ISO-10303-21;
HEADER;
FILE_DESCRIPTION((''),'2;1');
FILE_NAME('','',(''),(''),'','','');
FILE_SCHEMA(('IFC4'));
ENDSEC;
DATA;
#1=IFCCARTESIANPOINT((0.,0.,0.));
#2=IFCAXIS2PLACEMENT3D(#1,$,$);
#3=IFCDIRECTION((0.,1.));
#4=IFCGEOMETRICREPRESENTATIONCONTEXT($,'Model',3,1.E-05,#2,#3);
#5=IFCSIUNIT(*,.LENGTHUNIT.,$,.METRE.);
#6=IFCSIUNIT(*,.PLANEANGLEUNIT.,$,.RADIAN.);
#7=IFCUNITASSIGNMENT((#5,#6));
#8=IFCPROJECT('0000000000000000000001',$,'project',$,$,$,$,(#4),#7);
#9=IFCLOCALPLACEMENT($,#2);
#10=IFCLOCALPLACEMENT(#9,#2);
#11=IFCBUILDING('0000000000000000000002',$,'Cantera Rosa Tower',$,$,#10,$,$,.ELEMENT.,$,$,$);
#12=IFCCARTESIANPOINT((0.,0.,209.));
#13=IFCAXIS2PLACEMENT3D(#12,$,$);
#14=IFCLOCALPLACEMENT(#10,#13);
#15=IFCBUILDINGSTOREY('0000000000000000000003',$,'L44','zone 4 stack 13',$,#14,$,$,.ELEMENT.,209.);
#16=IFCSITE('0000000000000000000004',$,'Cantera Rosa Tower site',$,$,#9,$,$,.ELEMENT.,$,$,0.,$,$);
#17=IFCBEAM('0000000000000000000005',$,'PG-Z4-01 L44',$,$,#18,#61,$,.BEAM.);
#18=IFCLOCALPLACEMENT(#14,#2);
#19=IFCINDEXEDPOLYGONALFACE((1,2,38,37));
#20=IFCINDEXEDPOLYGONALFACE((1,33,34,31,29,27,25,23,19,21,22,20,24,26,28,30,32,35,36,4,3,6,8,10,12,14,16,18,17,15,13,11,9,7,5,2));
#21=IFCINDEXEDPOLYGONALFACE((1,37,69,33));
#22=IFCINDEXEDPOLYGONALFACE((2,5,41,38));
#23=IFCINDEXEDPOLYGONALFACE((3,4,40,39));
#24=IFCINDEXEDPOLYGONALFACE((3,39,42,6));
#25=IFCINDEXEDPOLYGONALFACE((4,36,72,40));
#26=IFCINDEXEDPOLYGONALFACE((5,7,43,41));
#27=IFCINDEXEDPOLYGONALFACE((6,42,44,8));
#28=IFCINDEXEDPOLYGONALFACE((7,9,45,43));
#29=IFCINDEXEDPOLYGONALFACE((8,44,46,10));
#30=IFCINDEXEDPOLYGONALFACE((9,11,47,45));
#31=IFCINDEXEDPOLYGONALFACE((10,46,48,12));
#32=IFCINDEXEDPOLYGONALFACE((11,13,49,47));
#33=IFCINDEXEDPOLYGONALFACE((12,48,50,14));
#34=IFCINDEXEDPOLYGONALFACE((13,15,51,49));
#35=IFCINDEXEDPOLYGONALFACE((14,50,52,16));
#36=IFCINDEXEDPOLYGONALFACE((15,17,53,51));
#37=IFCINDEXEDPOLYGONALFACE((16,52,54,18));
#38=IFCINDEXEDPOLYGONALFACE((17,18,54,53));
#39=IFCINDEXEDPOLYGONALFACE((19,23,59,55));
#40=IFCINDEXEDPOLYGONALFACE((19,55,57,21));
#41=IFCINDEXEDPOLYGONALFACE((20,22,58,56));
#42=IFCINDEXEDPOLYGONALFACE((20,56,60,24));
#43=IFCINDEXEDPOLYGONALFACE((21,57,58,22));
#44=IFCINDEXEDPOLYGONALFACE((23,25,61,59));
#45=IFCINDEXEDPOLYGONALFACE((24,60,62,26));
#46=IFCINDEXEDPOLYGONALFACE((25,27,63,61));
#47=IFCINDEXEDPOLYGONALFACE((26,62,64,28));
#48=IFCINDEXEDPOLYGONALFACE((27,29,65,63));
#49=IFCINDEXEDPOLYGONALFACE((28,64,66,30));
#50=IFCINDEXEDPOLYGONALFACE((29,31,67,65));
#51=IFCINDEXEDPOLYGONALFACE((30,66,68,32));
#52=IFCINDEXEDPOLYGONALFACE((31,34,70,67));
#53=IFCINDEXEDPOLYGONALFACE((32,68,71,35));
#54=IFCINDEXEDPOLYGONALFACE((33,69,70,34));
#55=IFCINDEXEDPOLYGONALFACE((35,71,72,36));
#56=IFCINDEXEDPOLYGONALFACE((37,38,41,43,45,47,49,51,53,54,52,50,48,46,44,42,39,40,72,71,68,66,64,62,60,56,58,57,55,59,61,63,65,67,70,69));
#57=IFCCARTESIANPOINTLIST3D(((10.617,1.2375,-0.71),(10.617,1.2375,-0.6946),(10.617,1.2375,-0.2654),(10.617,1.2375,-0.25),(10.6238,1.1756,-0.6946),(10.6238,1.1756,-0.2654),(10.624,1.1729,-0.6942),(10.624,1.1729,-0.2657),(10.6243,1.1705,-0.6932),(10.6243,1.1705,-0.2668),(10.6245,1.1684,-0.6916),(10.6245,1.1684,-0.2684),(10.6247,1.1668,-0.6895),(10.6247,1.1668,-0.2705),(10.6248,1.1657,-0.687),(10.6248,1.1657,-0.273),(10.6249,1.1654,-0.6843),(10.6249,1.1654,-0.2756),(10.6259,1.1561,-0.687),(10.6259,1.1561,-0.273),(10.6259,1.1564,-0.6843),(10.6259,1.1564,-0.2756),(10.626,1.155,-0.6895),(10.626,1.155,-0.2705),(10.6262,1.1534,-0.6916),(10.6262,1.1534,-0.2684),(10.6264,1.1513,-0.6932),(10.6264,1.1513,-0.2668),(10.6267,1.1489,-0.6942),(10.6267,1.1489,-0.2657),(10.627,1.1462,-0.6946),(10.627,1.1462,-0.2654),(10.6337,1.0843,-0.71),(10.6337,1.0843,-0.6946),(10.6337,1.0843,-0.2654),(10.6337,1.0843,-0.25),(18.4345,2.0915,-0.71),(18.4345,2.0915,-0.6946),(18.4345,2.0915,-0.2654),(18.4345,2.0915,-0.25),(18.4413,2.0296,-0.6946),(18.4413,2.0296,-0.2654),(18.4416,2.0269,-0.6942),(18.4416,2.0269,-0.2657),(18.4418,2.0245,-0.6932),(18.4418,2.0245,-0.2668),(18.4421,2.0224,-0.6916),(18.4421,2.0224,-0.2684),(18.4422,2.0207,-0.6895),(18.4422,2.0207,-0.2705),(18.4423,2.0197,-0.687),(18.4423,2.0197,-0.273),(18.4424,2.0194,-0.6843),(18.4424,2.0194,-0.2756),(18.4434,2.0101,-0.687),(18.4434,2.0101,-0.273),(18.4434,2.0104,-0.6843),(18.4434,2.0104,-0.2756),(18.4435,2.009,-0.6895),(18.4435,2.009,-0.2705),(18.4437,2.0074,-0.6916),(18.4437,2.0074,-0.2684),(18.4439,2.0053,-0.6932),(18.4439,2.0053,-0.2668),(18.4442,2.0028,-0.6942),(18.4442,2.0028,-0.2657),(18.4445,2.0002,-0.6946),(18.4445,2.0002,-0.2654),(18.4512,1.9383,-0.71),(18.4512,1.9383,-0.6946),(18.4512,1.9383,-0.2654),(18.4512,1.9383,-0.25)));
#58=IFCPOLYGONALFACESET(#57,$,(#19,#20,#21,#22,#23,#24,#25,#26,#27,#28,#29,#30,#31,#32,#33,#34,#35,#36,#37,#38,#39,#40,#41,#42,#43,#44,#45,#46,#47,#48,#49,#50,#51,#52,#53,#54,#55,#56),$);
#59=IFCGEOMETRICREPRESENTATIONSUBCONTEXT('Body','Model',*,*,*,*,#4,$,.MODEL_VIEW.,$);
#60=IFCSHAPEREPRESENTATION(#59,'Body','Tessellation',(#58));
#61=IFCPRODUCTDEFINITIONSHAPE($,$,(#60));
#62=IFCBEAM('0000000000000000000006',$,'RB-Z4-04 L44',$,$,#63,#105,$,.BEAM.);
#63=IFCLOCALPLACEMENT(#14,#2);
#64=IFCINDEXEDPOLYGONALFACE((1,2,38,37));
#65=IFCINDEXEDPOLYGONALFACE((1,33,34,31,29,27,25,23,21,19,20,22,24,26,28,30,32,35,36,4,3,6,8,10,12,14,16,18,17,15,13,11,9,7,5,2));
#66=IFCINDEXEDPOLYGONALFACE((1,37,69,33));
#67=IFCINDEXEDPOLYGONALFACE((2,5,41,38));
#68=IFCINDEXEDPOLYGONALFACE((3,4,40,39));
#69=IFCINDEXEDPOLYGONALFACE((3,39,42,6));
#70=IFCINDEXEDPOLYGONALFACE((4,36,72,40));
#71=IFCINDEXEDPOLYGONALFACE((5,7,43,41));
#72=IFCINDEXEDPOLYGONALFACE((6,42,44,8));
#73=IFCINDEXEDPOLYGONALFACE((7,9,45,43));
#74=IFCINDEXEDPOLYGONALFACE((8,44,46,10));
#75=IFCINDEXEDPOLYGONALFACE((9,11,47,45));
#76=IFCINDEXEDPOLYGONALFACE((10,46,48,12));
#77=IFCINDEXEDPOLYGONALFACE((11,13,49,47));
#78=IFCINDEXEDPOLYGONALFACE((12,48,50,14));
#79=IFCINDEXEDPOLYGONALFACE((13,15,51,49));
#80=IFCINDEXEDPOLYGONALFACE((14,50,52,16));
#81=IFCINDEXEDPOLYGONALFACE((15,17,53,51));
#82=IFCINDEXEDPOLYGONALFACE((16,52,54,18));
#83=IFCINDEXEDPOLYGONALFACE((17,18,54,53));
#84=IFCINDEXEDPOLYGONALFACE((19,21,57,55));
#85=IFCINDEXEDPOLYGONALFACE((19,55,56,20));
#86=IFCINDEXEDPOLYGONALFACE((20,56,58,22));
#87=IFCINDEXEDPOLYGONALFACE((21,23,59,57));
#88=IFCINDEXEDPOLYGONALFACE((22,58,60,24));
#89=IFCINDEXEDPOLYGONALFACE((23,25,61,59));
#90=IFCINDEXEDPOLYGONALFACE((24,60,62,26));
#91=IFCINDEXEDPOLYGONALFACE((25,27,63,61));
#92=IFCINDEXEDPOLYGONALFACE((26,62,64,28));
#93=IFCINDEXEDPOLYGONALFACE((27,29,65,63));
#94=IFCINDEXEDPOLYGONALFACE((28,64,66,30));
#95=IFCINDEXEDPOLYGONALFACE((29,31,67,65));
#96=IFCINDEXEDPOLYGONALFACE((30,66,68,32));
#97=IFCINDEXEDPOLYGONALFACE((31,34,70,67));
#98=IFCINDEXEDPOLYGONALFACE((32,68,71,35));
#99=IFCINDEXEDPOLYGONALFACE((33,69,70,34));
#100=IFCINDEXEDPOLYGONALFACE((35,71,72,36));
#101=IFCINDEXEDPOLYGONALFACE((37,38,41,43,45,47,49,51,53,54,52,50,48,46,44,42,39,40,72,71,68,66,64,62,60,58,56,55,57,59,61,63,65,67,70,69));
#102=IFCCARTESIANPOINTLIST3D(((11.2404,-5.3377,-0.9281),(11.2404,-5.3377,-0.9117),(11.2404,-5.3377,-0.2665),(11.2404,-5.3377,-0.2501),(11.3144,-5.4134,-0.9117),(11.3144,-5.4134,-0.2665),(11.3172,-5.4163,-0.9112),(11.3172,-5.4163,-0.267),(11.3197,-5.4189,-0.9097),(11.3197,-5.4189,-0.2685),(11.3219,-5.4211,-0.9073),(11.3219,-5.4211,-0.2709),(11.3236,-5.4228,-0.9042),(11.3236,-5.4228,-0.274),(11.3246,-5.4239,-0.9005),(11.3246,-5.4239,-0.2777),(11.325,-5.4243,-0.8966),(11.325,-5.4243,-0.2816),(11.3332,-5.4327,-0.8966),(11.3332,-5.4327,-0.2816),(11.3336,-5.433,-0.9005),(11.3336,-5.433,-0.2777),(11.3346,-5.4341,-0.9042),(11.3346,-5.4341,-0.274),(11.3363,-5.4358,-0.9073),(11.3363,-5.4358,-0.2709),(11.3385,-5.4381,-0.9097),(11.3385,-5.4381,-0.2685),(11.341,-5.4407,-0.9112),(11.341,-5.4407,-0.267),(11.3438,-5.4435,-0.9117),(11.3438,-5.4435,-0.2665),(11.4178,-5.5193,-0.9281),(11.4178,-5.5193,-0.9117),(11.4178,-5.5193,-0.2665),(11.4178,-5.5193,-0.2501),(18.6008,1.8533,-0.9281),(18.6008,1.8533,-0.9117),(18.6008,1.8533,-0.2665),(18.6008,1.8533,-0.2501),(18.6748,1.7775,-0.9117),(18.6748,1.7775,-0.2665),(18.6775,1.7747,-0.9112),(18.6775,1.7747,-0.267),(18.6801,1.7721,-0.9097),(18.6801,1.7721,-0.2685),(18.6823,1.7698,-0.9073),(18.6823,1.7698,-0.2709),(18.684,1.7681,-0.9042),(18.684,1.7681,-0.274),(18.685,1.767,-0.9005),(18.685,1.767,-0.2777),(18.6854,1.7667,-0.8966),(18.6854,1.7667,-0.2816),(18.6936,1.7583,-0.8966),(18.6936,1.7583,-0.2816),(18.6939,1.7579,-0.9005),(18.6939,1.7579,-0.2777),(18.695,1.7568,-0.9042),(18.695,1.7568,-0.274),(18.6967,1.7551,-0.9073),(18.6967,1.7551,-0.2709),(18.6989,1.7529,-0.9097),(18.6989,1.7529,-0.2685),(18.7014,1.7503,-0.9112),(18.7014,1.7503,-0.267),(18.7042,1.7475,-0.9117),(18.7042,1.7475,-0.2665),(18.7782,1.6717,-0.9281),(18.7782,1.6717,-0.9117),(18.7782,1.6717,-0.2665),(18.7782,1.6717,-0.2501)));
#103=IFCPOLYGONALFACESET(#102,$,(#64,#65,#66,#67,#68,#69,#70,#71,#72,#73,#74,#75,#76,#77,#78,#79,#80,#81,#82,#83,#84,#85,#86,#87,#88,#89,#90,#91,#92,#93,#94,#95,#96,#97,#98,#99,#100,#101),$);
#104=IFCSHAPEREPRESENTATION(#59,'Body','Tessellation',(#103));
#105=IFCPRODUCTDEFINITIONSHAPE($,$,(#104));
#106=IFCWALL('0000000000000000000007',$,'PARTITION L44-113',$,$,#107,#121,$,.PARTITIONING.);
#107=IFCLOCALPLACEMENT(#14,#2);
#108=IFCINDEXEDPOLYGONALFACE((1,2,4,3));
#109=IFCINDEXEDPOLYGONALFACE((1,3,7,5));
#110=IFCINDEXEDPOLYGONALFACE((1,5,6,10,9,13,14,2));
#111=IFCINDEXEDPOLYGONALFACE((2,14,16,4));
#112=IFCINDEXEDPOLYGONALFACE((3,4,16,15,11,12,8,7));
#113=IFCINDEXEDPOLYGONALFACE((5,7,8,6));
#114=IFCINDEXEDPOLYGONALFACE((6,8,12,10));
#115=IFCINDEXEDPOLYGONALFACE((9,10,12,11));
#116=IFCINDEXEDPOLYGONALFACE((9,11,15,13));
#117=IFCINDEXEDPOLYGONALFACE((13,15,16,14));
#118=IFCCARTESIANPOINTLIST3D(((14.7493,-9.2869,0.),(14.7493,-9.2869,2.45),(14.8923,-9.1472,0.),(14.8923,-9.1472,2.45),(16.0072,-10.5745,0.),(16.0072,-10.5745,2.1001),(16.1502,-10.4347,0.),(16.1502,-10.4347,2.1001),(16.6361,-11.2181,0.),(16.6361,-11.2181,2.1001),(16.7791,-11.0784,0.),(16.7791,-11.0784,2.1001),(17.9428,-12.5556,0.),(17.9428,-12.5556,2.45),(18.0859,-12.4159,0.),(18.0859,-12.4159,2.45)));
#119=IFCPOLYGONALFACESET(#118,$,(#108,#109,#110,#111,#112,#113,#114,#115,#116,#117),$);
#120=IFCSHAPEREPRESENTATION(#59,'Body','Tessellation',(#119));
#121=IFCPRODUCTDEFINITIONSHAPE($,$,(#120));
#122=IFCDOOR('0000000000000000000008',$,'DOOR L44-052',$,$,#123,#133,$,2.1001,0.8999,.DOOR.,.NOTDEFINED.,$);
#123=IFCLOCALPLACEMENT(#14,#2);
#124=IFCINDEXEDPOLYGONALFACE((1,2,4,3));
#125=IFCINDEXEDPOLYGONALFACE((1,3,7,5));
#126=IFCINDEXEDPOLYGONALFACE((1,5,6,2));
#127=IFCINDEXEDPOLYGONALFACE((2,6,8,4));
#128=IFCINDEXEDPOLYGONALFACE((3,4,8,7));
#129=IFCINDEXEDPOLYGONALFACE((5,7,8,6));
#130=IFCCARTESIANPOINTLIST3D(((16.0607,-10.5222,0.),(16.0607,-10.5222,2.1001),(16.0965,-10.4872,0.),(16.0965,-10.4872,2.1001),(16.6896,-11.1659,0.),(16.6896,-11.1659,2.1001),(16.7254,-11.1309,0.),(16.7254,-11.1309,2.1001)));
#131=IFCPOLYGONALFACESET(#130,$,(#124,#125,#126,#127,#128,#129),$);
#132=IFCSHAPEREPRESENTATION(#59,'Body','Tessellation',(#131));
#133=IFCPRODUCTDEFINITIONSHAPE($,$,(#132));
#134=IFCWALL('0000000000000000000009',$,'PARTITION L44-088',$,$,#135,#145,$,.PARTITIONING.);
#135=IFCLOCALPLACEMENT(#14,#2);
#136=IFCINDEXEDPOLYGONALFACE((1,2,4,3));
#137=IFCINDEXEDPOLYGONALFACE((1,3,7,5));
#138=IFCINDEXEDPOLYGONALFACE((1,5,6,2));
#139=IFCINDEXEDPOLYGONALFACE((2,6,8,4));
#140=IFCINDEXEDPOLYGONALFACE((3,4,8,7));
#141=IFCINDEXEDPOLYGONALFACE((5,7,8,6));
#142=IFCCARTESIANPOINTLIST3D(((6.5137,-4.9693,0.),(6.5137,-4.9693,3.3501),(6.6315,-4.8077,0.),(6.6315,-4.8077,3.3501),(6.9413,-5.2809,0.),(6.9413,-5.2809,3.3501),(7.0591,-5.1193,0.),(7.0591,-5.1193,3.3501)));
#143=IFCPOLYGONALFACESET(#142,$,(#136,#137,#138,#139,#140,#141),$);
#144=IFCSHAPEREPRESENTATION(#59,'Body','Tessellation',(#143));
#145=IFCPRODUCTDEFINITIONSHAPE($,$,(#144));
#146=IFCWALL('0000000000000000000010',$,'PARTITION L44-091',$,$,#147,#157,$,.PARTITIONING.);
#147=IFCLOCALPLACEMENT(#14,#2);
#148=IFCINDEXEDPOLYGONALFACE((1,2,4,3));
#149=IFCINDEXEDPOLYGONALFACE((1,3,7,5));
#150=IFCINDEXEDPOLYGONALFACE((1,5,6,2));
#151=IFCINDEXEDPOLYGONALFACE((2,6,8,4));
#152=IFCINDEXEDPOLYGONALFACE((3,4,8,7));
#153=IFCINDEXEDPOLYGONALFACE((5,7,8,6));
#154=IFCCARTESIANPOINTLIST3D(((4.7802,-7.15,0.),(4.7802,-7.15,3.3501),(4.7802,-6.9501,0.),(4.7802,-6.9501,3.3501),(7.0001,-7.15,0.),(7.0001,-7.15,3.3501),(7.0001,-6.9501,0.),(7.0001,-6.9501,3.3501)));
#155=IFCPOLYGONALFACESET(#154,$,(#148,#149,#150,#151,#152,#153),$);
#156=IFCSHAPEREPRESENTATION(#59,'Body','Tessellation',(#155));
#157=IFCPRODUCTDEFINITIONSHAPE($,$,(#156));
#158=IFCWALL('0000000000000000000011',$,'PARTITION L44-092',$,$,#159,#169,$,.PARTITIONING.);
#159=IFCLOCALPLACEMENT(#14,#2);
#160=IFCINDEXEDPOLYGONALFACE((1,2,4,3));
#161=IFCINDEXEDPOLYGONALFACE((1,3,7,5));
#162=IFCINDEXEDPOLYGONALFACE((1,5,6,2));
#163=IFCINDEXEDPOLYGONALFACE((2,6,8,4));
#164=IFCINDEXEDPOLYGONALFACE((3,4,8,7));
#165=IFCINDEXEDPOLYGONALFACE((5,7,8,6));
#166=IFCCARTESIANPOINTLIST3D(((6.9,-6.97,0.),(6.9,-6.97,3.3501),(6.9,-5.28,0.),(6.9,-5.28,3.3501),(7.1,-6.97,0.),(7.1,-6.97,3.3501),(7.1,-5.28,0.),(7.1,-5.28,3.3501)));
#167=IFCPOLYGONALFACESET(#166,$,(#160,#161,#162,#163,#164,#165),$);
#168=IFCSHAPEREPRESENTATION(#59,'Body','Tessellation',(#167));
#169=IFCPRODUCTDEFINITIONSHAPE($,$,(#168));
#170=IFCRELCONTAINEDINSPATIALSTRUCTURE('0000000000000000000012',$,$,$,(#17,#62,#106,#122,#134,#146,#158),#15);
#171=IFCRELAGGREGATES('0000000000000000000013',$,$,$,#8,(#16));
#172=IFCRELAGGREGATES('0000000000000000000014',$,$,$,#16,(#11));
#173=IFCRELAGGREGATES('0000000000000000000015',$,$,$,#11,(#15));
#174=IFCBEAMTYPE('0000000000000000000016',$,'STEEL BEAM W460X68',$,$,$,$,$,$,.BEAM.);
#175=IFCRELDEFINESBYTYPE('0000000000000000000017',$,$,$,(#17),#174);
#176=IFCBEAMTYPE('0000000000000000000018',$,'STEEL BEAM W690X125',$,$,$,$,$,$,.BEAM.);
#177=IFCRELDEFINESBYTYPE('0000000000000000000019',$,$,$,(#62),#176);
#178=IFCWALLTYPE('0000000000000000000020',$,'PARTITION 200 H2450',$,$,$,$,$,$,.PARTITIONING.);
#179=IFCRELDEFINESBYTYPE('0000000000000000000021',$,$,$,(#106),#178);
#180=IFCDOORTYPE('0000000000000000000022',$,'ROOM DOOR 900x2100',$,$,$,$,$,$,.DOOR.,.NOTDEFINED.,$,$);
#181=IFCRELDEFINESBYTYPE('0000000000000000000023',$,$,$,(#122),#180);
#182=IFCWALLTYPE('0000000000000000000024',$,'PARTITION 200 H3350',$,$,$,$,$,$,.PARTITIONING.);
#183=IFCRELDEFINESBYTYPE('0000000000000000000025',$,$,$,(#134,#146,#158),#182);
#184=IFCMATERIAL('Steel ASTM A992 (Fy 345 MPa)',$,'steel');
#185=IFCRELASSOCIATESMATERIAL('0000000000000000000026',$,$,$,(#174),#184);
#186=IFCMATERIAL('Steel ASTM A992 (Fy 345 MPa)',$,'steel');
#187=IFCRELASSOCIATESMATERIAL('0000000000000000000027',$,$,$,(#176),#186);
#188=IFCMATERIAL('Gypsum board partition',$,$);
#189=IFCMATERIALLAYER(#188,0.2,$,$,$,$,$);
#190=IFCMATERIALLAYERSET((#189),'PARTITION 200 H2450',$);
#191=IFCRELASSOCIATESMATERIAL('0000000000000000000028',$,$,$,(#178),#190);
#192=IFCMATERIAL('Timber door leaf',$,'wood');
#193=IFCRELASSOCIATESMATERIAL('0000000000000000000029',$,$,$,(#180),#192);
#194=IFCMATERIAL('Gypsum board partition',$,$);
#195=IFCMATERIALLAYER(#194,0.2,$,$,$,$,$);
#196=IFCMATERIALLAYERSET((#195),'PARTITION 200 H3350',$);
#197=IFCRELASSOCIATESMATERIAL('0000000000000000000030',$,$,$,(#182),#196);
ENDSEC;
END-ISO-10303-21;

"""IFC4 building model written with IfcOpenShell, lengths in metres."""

from ifc_helpers import new_model, si_unit, direction, frame, frame_2d, origin, origin_2d, place, context, subcontext, project, spatial, rectangle, i_section, extrude, material, layer, layer_set, material_profile, profile_set, type_object, element, fill, save


model = new_model("IFC4")

# Units and contexts
model_context = context("Model", 3, precision=1e-05, world=origin(), true_north=direction((0.0, 1.0)))
body_context = subcontext(model_context, "Body", "Model", "MODEL_VIEW")
ifc_project = project(units=[si_unit("LENGTHUNIT", "METRE"), si_unit("PLANEANGLEUNIT", "RADIAN")], contexts=[model_context])

# Site, building, storey
site_placement = place(None, origin())
site = spatial("IfcSite", under=ifc_project, at=site_placement, Name="Cantera Rosa Tower site", CompositionType="ELEMENT", RefElevation=0.0)
building_placement = place(site_placement, origin())
building = spatial("IfcBuilding", under=site, at=building_placement, Name="Cantera Rosa Tower", CompositionType="ELEMENT")
storey_placement = place(building_placement, frame((0.0, 0.0, 209.0)))
storey = spatial("IfcBuildingStorey", under=building, at=storey_placement, Name="L44", Description="zone 4 stack 13", CompositionType="ELEMENT", Elevation=209.0)

# Beams
ifc_material_1 = material(Name="Steel ASTM A992 (Fy 345 MPa)", Category="steel")
ifc_material_profile_1 = material_profile(ifc_material_1, i_section(OverallWidth=0.1541, OverallDepth=0.46, WebThickness=0.009, FlangeThickness=0.0154, FilletRadius=0.0103, at=origin_2d()), Name="W460X68")
ifc_profile_set_1 = profile_set([ifc_material_profile_1], Name="Steel ASTM A992 (Fy 345 MPa)")
beam_type_1 = type_object("IfcBeamType", Name="STEEL BEAM W460X68", PredefinedType="BEAM", material=ifc_profile_set_1)
beam_1_placement = place(storey_placement, frame((18.4429, 2.0149, -0.48), z_axis=(-0.994086, -0.108595, 0.0), x_axis=(0.108595, -0.994086, 0.0)))
element("IfcBeam", 1, at=beam_1_placement, inside=storey, type_object=beam_type_1, Name="PG-Z4-01 L44", PredefinedType="BEAM", context=body_context, shape_type="SweptSolid", body=[
    extrude(i_section(OverallWidth=0.1541, OverallDepth=0.46, WebThickness=0.009, FlangeThickness=0.0154, FilletRadius=0.0103, at=origin_2d()), origin(), (0.0, 0.0, 1.0), 7.864),
])
ifc_material_2 = material(Name="Steel ASTM A992 (Fy 345 MPa)", Category="steel")
ifc_material_profile_2 = material_profile(ifc_material_2, i_section(OverallWidth=0.2539, OverallDepth=0.678, WebThickness=0.0117, FlangeThickness=0.0164, FilletRadius=0.0151, at=origin_2d()), Name="W690X125")
ifc_profile_set_2 = profile_set([ifc_material_profile_2], Name="Steel ASTM A992 (Fy 345 MPa)")
beam_type_2 = type_object("IfcBeamType", Name="STEEL BEAM W690X125", PredefinedType="BEAM", material=ifc_profile_set_2)
beam_2_placement = place(storey_placement, frame((11.3291, -5.4285, -0.5891), z_axis=(0.715292, 0.698826, 0.0), x_axis=(-0.698826, 0.715292, 0.0)))
element("IfcBeam", 2, at=beam_2_placement, inside=storey, type_object=beam_type_2, Name="RB-Z4-04 L44", PredefinedType="BEAM", context=body_context, shape_type="SweptSolid", body=[
    extrude(i_section(OverallWidth=0.2539, OverallDepth=0.678, WebThickness=0.0117, FlangeThickness=0.0164, FilletRadius=0.0151, at=origin_2d()), origin(), (0.0, 0.0, 1.0), 10.29),
])

# Wall, opening, door
ifc_material_3 = material(Name="Gypsum board partition")
ifc_layer_1 = layer(ifc_material_3, 0.2)
ifc_layer_set_1 = layer_set([ifc_layer_1], Name="PARTITION 200 H2450")
wall_type_1 = type_object("IfcWallType", Name="PARTITION 200 H2450", PredefinedType="PARTITIONING", material=ifc_layer_set_1)
wall_1_placement = place(storey_placement, frame((14.8208, -9.217, 0.0), z_axis=(0.0, 0.0, 1.0), x_axis=(0.698832, -0.715286, 0.0)))
wall_1 = element("IfcWall", 3, at=wall_1_placement, inside=storey, type_object=wall_type_1, Name="PARTITION L44-113", PredefinedType="PARTITIONING", context=body_context, shape_type="SweptSolid", body=[
    extrude(rectangle(XDim=4.5698, YDim=0.2, at=frame_2d((2.2849, 0.0))), origin(), (0.0, 0.0, 1.0), 2.45),
])
opening_1_placement = place(wall_1_placement, frame((1.8, 0.0, 0.0)))
opening_1 = element("IfcOpeningElement", 4, at=opening_1_placement, cuts=wall_1, PredefinedType="OPENING", context=body_context, shape_type="SweptSolid", body=[
    extrude(rectangle(XDim=0.8999, YDim=2.1001, at=frame_2d((0.45, 1.05))), frame((0.0, 0.1099, 0.0), z_axis=(0.0, -1.0, 0.0), x_axis=(1.0, 0.0, 0.0)), (0.0, 0.0, 1.0), 0.22),
])
ifc_material_4 = material(Name="Timber door leaf", Category="wood")
door_type_1 = type_object("IfcDoorType", Name="ROOM DOOR 900x2100", OperationType="NOTDEFINED", PredefinedType="DOOR", material=ifc_material_4)
door_1_placement = place(opening_1_placement, origin())
door_1 = element("IfcDoor", 5, at=door_1_placement, inside=storey, type_object=door_type_1, Name="DOOR L44-052", OperationType="NOTDEFINED", OverallHeight=2.1001, OverallWidth=0.8999, PredefinedType="DOOR", context=body_context, shape_type="SweptSolid", body=[
    extrude(rectangle(XDim=0.8999, YDim=2.1001, at=frame_2d((0.45, 1.05))), frame((0.0, 0.0249, 0.0), z_axis=(0.0, -1.0, 0.0), x_axis=(1.0, 0.0, 0.0)), (0.0, 0.0, 1.0), 0.05),
])
fill(opening_1, door_1)

# Walls
ifc_material_5 = material(Name="Gypsum board partition")
ifc_layer_2 = layer(ifc_material_5, 0.2)
ifc_layer_set_2 = layer_set([ifc_layer_2], Name="PARTITION 200 H3350")
wall_type_2 = type_object("IfcWallType", Name="PARTITION 200 H3350", PredefinedType="PARTITIONING", material=ifc_layer_set_2)
wall_2_placement = place(storey_placement, frame((6.5725, -4.8884, 0.0), z_axis=(0.0, 0.0, 1.0), x_axis=(0.808177, -0.58894, 0.0)))
element("IfcWall", 6, at=wall_2_placement, inside=storey, type_object=wall_type_2, Name="PARTITION L44-088", PredefinedType="PARTITIONING", context=body_context, shape_type="SweptSolid", body=[
    extrude(rectangle(XDim=0.5291, YDim=0.2, at=frame_2d((0.2646, 0.0))), origin(), (0.0, 0.0, 1.0), 3.3501),
])
wall_3_placement = place(storey_placement, frame((7.0, -7.05, 0.0), z_axis=(0.0, 0.0, 1.0), x_axis=(-1.0, 0.0, 0.0)))
element("IfcWall", 7, at=wall_3_placement, inside=storey, type_object=wall_type_2, Name="PARTITION L44-091", PredefinedType="PARTITIONING", context=body_context, shape_type="SweptSolid", body=[
    extrude(rectangle(XDim=2.22, YDim=0.2, at=frame_2d((1.1099, 0.0))), origin(), (0.0, 0.0, 1.0), 3.3501),
])
wall_4_placement = place(storey_placement, frame((7.0, -5.28, 0.0), z_axis=(0.0, 0.0, 1.0), x_axis=(0.0, -1.0, 0.0)))
element("IfcWall", 8, at=wall_4_placement, inside=storey, type_object=wall_type_2, Name="PARTITION L44-092", PredefinedType="PARTITIONING", context=body_context, shape_type="SweptSolid", body=[
    extrude(rectangle(XDim=1.6899, YDim=0.2, at=frame_2d((0.845, 0.0))), origin(), (0.0, 0.0, 1.0), 3.3501),
])

save(model, "model.ifc")
